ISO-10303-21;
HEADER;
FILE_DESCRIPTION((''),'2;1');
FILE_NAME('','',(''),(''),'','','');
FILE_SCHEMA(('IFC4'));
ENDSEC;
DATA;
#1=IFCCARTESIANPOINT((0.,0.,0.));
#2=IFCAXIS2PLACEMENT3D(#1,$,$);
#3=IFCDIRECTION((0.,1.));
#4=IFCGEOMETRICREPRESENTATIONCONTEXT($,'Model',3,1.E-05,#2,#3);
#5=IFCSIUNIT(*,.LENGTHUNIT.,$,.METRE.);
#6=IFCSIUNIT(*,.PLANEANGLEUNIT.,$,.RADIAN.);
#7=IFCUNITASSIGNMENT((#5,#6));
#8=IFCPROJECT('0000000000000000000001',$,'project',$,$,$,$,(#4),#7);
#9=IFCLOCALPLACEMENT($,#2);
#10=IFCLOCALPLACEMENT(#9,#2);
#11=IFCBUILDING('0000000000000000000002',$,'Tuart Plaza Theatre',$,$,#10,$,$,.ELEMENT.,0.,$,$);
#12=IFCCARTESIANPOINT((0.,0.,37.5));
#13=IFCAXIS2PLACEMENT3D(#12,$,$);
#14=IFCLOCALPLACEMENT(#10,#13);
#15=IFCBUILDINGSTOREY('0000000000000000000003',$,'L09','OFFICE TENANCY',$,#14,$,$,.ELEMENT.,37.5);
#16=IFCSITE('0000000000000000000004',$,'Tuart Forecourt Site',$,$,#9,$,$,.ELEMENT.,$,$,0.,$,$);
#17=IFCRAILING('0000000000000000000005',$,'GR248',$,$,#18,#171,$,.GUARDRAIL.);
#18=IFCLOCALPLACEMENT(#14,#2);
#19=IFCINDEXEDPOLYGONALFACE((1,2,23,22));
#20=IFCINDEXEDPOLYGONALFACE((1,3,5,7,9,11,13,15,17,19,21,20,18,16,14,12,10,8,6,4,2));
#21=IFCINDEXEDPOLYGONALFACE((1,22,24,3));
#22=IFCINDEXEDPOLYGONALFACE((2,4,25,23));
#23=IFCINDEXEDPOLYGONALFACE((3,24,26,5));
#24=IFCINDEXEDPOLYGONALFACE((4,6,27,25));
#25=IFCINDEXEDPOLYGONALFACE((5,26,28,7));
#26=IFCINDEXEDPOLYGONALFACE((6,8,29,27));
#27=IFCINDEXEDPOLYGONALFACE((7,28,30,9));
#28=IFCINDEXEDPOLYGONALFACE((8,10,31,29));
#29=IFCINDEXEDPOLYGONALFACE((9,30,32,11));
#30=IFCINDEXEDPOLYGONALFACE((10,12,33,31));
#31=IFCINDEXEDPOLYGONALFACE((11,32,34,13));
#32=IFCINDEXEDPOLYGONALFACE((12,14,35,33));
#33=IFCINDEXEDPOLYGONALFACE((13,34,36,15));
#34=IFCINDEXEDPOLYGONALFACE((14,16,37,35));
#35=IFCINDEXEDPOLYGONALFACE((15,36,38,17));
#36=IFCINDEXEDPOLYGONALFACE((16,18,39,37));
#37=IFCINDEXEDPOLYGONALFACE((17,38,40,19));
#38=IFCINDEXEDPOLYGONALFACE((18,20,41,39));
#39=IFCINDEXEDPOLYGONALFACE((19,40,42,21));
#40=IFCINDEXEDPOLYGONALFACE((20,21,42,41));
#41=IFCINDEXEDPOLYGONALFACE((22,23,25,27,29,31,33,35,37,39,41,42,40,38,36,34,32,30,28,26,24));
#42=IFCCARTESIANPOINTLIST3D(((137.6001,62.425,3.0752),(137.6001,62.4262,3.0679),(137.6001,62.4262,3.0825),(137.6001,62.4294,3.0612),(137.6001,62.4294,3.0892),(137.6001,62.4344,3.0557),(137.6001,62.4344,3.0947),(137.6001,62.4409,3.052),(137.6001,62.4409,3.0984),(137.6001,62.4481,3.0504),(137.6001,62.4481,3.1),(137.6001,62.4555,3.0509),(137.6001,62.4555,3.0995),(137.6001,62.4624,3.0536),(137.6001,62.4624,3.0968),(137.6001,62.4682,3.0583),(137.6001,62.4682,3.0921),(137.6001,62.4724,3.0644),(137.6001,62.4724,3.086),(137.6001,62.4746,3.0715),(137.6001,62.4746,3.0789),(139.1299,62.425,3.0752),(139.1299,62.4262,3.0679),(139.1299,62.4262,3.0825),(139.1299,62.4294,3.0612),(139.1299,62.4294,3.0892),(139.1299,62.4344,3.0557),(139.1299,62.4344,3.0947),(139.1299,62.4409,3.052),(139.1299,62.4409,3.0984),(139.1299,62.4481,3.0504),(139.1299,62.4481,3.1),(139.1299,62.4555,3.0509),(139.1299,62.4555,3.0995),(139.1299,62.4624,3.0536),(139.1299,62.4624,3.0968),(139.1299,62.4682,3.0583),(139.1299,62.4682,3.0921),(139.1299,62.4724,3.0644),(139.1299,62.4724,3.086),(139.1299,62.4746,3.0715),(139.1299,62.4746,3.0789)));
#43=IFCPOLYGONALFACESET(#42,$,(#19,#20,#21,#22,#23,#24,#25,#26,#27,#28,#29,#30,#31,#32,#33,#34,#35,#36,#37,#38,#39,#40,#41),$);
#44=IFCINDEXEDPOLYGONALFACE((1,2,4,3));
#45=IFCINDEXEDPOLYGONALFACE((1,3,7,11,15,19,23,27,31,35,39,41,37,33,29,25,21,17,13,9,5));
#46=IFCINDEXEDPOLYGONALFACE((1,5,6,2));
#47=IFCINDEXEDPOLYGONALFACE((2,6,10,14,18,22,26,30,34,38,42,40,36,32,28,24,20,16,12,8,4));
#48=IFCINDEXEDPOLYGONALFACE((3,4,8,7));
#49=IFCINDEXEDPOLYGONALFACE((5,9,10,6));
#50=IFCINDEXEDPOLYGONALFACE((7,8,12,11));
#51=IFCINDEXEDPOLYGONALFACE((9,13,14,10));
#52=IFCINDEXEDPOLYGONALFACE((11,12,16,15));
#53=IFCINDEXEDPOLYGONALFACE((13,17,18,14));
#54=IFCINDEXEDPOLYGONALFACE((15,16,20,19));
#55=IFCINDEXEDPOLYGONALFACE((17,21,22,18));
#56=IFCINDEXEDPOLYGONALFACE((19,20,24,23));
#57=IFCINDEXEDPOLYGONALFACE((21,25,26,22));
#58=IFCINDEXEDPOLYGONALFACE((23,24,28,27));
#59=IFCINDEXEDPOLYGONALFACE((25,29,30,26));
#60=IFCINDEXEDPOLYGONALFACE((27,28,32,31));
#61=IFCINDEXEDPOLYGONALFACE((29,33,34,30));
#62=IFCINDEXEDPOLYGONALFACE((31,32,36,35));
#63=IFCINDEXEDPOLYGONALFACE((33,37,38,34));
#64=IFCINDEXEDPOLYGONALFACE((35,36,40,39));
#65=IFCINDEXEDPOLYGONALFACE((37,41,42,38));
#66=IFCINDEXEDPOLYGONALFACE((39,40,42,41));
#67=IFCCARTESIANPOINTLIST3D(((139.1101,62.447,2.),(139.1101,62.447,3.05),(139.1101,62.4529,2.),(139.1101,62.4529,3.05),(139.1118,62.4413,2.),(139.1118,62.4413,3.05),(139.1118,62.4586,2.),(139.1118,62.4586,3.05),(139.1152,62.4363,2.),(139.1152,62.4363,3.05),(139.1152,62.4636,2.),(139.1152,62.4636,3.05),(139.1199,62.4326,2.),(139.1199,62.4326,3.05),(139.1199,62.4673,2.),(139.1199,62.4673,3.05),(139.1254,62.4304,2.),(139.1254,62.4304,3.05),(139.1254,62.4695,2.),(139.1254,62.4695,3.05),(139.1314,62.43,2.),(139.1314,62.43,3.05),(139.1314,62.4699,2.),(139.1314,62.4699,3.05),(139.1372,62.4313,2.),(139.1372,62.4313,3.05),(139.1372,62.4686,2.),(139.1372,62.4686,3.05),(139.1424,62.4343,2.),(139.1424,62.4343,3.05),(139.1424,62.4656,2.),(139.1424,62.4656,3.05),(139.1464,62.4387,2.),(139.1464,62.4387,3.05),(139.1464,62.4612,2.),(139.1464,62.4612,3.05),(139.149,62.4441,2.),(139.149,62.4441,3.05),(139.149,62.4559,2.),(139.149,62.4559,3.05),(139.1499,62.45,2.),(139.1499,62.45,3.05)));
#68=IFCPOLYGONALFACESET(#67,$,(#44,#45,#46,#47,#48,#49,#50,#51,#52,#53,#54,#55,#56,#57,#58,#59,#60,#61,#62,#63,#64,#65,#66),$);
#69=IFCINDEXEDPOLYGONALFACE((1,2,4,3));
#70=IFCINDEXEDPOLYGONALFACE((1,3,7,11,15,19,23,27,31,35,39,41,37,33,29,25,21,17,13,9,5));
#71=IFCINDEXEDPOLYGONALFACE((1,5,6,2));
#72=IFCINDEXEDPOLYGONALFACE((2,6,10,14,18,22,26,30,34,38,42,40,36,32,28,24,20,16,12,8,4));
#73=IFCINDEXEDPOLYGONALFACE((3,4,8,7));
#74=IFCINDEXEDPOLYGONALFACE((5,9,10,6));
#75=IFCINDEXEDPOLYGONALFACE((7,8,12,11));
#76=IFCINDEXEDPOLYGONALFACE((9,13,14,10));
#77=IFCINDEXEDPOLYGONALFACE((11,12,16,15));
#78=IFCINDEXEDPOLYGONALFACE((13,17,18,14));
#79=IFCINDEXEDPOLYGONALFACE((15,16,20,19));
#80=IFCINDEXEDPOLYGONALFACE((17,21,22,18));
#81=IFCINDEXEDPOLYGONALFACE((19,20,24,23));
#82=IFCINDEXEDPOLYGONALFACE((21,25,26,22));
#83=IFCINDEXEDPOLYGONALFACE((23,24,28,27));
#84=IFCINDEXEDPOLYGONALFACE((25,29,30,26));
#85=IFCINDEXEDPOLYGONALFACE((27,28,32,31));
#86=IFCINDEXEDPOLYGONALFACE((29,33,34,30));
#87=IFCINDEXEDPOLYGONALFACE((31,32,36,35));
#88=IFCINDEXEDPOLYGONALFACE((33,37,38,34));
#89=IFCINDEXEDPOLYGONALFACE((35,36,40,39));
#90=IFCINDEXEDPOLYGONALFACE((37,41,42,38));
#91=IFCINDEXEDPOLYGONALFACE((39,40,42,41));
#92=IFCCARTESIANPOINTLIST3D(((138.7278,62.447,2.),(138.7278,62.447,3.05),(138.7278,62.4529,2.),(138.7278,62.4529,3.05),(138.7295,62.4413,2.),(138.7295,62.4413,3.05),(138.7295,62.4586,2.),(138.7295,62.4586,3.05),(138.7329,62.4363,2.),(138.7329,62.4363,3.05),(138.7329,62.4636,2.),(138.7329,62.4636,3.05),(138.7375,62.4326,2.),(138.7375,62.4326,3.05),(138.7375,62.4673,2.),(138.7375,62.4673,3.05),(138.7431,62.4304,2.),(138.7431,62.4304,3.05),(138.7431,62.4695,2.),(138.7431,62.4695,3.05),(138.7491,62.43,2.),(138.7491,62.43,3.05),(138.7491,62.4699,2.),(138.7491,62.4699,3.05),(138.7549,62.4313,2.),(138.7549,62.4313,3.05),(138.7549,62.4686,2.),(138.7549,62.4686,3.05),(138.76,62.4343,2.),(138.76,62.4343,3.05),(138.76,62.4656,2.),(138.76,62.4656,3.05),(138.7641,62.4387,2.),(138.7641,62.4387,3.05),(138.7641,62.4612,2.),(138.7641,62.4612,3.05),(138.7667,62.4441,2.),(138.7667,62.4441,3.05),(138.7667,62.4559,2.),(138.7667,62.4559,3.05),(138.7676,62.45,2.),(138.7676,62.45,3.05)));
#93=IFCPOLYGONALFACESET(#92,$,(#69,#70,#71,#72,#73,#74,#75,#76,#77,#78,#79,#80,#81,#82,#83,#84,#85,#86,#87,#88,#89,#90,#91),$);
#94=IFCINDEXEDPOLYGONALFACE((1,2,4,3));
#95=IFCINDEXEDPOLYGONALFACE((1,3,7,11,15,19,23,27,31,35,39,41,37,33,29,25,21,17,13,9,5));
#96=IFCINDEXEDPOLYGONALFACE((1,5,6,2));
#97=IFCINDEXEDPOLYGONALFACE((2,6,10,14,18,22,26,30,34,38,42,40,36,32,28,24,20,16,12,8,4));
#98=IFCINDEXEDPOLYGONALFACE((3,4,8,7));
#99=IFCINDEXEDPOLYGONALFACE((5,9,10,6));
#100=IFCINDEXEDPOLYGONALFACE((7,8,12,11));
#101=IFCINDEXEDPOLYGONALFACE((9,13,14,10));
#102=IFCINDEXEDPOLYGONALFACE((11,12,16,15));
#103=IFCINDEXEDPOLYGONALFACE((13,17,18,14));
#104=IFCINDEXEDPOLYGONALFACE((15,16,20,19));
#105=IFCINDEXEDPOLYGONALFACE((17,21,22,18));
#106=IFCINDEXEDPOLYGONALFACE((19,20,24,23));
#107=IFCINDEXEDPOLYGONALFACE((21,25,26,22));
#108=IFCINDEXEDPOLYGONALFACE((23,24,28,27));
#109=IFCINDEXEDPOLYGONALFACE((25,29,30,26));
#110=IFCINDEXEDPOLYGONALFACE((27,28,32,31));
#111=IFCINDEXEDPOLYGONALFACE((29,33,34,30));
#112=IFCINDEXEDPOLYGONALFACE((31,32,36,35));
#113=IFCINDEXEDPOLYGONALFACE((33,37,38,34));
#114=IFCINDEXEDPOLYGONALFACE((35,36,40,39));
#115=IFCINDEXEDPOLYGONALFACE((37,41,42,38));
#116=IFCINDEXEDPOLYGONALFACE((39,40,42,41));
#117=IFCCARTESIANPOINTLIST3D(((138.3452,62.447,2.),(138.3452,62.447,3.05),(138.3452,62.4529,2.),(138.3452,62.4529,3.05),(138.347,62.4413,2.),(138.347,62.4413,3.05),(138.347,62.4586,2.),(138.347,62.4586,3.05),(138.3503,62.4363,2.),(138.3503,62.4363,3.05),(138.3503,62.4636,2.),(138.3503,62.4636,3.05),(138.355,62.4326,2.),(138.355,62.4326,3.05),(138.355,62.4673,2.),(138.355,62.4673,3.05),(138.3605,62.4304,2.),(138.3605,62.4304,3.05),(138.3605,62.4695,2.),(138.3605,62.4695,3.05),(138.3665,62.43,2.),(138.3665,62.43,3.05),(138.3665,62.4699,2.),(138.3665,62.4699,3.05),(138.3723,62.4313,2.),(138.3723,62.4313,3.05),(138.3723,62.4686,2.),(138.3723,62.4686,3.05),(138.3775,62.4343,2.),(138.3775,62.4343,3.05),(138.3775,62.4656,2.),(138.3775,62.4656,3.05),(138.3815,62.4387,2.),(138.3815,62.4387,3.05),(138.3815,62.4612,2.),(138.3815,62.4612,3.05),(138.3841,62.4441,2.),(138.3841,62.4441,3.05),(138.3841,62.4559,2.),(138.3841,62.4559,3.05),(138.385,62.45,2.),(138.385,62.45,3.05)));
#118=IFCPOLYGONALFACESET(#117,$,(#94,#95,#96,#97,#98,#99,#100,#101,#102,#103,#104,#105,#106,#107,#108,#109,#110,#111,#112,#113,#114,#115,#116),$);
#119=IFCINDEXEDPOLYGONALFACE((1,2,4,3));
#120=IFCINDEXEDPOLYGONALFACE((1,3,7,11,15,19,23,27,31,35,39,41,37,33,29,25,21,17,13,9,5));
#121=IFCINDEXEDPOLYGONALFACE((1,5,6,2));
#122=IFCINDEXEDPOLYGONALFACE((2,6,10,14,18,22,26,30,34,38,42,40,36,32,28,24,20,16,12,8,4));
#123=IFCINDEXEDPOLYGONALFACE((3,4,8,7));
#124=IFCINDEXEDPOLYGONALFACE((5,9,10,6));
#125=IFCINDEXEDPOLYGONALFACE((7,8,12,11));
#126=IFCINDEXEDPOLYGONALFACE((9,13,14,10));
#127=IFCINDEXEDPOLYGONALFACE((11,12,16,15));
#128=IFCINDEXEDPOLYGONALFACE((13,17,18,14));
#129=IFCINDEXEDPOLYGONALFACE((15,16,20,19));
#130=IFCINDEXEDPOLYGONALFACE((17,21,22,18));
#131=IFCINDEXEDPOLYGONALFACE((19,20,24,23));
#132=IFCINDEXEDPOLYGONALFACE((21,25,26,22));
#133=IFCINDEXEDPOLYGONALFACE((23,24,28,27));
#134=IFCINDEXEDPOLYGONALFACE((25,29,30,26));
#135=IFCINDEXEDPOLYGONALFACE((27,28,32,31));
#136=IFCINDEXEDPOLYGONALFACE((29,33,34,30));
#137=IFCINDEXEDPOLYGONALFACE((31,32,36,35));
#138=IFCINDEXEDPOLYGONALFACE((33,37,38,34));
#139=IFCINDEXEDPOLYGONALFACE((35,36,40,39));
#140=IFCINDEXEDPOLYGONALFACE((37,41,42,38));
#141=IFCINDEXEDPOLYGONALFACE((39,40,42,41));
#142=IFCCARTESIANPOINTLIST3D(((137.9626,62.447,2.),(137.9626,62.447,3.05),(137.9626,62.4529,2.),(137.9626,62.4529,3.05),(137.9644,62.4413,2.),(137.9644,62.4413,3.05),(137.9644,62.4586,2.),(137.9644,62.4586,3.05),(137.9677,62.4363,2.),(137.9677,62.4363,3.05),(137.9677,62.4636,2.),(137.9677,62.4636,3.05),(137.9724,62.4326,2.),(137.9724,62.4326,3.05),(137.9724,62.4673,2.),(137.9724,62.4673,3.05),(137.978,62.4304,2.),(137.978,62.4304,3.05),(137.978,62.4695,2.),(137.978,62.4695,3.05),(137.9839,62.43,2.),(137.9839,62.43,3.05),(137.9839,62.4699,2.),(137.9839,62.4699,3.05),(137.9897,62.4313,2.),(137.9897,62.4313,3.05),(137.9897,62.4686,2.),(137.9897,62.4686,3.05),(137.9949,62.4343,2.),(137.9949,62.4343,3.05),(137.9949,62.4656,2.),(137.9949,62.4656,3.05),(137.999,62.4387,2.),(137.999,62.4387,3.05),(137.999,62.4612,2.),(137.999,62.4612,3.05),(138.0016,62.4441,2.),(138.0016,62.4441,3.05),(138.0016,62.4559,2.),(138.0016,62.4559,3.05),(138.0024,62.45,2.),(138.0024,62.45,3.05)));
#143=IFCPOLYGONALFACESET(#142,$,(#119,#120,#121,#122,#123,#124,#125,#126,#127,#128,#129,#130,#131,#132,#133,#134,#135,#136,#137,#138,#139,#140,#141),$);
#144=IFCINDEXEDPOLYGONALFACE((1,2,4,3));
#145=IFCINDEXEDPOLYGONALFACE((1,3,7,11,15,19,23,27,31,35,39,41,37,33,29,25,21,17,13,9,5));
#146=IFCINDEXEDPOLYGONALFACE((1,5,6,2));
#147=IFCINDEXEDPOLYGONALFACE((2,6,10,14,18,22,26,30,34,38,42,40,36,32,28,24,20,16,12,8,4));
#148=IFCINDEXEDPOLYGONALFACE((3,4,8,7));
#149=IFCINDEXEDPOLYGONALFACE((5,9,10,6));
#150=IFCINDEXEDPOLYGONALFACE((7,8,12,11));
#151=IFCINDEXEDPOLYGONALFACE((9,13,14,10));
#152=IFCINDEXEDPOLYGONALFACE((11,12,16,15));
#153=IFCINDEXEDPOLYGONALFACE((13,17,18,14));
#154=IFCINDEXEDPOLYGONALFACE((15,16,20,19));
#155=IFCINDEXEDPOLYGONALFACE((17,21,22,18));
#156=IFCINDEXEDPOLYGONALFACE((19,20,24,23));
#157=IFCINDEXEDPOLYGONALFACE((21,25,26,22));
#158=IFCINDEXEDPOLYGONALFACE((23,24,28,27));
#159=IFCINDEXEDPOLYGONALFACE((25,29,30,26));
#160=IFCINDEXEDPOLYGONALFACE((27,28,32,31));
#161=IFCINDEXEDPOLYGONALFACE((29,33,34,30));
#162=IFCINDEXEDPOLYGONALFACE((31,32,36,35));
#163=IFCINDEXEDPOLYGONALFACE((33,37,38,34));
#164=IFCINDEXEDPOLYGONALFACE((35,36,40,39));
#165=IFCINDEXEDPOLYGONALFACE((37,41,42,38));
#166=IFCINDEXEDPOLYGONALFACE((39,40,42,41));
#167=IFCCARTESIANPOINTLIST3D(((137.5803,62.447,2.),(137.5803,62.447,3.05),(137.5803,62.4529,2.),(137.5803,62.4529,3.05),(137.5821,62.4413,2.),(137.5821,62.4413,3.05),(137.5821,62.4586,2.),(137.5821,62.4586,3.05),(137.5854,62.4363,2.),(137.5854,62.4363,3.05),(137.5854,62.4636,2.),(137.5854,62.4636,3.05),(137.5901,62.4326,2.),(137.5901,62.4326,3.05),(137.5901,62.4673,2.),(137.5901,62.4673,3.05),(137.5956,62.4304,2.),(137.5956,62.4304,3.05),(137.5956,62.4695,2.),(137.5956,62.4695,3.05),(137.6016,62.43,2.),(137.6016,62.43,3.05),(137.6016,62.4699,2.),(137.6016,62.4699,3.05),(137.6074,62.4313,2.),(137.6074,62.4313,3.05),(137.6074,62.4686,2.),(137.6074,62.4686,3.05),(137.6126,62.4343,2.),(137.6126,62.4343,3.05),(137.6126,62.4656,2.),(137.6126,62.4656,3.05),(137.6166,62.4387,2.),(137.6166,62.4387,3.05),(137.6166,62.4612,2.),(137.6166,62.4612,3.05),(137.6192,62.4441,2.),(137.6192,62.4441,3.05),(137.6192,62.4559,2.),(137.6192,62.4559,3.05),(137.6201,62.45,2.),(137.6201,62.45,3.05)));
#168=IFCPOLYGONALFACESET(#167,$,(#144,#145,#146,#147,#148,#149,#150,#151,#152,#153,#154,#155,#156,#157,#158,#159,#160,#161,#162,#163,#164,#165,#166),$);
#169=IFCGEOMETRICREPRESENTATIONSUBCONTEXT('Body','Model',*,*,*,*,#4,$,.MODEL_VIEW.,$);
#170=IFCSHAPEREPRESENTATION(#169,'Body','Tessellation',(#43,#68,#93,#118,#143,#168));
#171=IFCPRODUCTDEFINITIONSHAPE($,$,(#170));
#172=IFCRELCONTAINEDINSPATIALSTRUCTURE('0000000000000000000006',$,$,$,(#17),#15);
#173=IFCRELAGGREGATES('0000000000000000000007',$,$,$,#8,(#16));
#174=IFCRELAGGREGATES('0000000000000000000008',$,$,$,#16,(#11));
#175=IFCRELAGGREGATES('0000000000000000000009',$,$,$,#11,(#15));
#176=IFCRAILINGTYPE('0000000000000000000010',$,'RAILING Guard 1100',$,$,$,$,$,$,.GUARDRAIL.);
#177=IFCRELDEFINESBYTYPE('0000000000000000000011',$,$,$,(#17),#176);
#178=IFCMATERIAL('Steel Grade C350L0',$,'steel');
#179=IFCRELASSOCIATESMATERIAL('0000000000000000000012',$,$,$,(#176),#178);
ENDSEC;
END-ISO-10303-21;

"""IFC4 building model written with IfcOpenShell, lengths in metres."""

from ifc_helpers import new_model, si_unit, direction, frame, origin, origin_2d, place, context, subcontext, project, spatial, circle, extrude, material, type_object, element, save


model = new_model("IFC4")

# Units and contexts
model_context = context("Model", 3, precision=1e-05, world=origin(), true_north=direction((0.0, 1.0)))
body_context = subcontext(model_context, "Body", "Model", "MODEL_VIEW")
ifc_project = project(units=[si_unit("LENGTHUNIT", "METRE"), si_unit("PLANEANGLEUNIT", "RADIAN")], contexts=[model_context])

# Site, building, storey
site_placement = place(None, origin())
site = spatial("IfcSite", under=ifc_project, at=site_placement, Name="Tuart Forecourt Site", CompositionType="ELEMENT", RefElevation=0.0)
building_placement = place(site_placement, origin())
building = spatial("IfcBuilding", under=site, at=building_placement, Name="Tuart Plaza Theatre", CompositionType="ELEMENT", ElevationOfRefHeight=0.0)
storey_placement = place(building_placement, frame((0.0, 0.0, 37.5)))
storey = spatial("IfcBuildingStorey", under=building, at=storey_placement, Name="L09", Description="OFFICE TENANCY", CompositionType="ELEMENT", Elevation=37.5)

# Railing
ifc_material_1 = material(Name="Steel Grade C350L0", Category="steel")
railing_type_1 = type_object("IfcRailingType", Name="RAILING Guard 1100", PredefinedType="GUARDRAIL", material=ifc_material_1)
railing_1_placement = place(storey_placement, frame((139.1299, 62.45, 2.0)))
element("IfcRailing", 1, at=railing_1_placement, inside=storey, type_object=railing_type_1, Name="GR248", PredefinedType="GUARDRAIL", context=body_context, shape_type="SweptSolid", body=[
    extrude(circle(Radius=0.0249, at=origin_2d()), frame((0.0, 0.0, 1.0752), z_axis=(-1.0, 0.0, 0.0), x_axis=(0.0, -1.0, 0.0)), (0.0, 0.0, 1.0), 1.5298),
    extrude(circle(Radius=0.02, at=origin_2d()), origin(), (0.0, 0.0, 1.0), 1.05),
    extrude(circle(Radius=0.02, at=origin_2d()), frame((-0.3823, 0.0, 0.0)), (0.0, 0.0, 1.0), 1.05),
    extrude(circle(Radius=0.02, at=origin_2d()), frame((-0.7649, 0.0, 0.0)), (0.0, 0.0, 1.0), 1.05),
    extrude(circle(Radius=0.02, at=origin_2d()), frame((-1.1475, 0.0, 0.0)), (0.0, 0.0, 1.0), 1.05),
    extrude(circle(Radius=0.02, at=origin_2d()), frame((-1.5298, 0.0, 0.0)), (0.0, 0.0, 1.0), 1.05),
])

save(model, "model.ifc")
